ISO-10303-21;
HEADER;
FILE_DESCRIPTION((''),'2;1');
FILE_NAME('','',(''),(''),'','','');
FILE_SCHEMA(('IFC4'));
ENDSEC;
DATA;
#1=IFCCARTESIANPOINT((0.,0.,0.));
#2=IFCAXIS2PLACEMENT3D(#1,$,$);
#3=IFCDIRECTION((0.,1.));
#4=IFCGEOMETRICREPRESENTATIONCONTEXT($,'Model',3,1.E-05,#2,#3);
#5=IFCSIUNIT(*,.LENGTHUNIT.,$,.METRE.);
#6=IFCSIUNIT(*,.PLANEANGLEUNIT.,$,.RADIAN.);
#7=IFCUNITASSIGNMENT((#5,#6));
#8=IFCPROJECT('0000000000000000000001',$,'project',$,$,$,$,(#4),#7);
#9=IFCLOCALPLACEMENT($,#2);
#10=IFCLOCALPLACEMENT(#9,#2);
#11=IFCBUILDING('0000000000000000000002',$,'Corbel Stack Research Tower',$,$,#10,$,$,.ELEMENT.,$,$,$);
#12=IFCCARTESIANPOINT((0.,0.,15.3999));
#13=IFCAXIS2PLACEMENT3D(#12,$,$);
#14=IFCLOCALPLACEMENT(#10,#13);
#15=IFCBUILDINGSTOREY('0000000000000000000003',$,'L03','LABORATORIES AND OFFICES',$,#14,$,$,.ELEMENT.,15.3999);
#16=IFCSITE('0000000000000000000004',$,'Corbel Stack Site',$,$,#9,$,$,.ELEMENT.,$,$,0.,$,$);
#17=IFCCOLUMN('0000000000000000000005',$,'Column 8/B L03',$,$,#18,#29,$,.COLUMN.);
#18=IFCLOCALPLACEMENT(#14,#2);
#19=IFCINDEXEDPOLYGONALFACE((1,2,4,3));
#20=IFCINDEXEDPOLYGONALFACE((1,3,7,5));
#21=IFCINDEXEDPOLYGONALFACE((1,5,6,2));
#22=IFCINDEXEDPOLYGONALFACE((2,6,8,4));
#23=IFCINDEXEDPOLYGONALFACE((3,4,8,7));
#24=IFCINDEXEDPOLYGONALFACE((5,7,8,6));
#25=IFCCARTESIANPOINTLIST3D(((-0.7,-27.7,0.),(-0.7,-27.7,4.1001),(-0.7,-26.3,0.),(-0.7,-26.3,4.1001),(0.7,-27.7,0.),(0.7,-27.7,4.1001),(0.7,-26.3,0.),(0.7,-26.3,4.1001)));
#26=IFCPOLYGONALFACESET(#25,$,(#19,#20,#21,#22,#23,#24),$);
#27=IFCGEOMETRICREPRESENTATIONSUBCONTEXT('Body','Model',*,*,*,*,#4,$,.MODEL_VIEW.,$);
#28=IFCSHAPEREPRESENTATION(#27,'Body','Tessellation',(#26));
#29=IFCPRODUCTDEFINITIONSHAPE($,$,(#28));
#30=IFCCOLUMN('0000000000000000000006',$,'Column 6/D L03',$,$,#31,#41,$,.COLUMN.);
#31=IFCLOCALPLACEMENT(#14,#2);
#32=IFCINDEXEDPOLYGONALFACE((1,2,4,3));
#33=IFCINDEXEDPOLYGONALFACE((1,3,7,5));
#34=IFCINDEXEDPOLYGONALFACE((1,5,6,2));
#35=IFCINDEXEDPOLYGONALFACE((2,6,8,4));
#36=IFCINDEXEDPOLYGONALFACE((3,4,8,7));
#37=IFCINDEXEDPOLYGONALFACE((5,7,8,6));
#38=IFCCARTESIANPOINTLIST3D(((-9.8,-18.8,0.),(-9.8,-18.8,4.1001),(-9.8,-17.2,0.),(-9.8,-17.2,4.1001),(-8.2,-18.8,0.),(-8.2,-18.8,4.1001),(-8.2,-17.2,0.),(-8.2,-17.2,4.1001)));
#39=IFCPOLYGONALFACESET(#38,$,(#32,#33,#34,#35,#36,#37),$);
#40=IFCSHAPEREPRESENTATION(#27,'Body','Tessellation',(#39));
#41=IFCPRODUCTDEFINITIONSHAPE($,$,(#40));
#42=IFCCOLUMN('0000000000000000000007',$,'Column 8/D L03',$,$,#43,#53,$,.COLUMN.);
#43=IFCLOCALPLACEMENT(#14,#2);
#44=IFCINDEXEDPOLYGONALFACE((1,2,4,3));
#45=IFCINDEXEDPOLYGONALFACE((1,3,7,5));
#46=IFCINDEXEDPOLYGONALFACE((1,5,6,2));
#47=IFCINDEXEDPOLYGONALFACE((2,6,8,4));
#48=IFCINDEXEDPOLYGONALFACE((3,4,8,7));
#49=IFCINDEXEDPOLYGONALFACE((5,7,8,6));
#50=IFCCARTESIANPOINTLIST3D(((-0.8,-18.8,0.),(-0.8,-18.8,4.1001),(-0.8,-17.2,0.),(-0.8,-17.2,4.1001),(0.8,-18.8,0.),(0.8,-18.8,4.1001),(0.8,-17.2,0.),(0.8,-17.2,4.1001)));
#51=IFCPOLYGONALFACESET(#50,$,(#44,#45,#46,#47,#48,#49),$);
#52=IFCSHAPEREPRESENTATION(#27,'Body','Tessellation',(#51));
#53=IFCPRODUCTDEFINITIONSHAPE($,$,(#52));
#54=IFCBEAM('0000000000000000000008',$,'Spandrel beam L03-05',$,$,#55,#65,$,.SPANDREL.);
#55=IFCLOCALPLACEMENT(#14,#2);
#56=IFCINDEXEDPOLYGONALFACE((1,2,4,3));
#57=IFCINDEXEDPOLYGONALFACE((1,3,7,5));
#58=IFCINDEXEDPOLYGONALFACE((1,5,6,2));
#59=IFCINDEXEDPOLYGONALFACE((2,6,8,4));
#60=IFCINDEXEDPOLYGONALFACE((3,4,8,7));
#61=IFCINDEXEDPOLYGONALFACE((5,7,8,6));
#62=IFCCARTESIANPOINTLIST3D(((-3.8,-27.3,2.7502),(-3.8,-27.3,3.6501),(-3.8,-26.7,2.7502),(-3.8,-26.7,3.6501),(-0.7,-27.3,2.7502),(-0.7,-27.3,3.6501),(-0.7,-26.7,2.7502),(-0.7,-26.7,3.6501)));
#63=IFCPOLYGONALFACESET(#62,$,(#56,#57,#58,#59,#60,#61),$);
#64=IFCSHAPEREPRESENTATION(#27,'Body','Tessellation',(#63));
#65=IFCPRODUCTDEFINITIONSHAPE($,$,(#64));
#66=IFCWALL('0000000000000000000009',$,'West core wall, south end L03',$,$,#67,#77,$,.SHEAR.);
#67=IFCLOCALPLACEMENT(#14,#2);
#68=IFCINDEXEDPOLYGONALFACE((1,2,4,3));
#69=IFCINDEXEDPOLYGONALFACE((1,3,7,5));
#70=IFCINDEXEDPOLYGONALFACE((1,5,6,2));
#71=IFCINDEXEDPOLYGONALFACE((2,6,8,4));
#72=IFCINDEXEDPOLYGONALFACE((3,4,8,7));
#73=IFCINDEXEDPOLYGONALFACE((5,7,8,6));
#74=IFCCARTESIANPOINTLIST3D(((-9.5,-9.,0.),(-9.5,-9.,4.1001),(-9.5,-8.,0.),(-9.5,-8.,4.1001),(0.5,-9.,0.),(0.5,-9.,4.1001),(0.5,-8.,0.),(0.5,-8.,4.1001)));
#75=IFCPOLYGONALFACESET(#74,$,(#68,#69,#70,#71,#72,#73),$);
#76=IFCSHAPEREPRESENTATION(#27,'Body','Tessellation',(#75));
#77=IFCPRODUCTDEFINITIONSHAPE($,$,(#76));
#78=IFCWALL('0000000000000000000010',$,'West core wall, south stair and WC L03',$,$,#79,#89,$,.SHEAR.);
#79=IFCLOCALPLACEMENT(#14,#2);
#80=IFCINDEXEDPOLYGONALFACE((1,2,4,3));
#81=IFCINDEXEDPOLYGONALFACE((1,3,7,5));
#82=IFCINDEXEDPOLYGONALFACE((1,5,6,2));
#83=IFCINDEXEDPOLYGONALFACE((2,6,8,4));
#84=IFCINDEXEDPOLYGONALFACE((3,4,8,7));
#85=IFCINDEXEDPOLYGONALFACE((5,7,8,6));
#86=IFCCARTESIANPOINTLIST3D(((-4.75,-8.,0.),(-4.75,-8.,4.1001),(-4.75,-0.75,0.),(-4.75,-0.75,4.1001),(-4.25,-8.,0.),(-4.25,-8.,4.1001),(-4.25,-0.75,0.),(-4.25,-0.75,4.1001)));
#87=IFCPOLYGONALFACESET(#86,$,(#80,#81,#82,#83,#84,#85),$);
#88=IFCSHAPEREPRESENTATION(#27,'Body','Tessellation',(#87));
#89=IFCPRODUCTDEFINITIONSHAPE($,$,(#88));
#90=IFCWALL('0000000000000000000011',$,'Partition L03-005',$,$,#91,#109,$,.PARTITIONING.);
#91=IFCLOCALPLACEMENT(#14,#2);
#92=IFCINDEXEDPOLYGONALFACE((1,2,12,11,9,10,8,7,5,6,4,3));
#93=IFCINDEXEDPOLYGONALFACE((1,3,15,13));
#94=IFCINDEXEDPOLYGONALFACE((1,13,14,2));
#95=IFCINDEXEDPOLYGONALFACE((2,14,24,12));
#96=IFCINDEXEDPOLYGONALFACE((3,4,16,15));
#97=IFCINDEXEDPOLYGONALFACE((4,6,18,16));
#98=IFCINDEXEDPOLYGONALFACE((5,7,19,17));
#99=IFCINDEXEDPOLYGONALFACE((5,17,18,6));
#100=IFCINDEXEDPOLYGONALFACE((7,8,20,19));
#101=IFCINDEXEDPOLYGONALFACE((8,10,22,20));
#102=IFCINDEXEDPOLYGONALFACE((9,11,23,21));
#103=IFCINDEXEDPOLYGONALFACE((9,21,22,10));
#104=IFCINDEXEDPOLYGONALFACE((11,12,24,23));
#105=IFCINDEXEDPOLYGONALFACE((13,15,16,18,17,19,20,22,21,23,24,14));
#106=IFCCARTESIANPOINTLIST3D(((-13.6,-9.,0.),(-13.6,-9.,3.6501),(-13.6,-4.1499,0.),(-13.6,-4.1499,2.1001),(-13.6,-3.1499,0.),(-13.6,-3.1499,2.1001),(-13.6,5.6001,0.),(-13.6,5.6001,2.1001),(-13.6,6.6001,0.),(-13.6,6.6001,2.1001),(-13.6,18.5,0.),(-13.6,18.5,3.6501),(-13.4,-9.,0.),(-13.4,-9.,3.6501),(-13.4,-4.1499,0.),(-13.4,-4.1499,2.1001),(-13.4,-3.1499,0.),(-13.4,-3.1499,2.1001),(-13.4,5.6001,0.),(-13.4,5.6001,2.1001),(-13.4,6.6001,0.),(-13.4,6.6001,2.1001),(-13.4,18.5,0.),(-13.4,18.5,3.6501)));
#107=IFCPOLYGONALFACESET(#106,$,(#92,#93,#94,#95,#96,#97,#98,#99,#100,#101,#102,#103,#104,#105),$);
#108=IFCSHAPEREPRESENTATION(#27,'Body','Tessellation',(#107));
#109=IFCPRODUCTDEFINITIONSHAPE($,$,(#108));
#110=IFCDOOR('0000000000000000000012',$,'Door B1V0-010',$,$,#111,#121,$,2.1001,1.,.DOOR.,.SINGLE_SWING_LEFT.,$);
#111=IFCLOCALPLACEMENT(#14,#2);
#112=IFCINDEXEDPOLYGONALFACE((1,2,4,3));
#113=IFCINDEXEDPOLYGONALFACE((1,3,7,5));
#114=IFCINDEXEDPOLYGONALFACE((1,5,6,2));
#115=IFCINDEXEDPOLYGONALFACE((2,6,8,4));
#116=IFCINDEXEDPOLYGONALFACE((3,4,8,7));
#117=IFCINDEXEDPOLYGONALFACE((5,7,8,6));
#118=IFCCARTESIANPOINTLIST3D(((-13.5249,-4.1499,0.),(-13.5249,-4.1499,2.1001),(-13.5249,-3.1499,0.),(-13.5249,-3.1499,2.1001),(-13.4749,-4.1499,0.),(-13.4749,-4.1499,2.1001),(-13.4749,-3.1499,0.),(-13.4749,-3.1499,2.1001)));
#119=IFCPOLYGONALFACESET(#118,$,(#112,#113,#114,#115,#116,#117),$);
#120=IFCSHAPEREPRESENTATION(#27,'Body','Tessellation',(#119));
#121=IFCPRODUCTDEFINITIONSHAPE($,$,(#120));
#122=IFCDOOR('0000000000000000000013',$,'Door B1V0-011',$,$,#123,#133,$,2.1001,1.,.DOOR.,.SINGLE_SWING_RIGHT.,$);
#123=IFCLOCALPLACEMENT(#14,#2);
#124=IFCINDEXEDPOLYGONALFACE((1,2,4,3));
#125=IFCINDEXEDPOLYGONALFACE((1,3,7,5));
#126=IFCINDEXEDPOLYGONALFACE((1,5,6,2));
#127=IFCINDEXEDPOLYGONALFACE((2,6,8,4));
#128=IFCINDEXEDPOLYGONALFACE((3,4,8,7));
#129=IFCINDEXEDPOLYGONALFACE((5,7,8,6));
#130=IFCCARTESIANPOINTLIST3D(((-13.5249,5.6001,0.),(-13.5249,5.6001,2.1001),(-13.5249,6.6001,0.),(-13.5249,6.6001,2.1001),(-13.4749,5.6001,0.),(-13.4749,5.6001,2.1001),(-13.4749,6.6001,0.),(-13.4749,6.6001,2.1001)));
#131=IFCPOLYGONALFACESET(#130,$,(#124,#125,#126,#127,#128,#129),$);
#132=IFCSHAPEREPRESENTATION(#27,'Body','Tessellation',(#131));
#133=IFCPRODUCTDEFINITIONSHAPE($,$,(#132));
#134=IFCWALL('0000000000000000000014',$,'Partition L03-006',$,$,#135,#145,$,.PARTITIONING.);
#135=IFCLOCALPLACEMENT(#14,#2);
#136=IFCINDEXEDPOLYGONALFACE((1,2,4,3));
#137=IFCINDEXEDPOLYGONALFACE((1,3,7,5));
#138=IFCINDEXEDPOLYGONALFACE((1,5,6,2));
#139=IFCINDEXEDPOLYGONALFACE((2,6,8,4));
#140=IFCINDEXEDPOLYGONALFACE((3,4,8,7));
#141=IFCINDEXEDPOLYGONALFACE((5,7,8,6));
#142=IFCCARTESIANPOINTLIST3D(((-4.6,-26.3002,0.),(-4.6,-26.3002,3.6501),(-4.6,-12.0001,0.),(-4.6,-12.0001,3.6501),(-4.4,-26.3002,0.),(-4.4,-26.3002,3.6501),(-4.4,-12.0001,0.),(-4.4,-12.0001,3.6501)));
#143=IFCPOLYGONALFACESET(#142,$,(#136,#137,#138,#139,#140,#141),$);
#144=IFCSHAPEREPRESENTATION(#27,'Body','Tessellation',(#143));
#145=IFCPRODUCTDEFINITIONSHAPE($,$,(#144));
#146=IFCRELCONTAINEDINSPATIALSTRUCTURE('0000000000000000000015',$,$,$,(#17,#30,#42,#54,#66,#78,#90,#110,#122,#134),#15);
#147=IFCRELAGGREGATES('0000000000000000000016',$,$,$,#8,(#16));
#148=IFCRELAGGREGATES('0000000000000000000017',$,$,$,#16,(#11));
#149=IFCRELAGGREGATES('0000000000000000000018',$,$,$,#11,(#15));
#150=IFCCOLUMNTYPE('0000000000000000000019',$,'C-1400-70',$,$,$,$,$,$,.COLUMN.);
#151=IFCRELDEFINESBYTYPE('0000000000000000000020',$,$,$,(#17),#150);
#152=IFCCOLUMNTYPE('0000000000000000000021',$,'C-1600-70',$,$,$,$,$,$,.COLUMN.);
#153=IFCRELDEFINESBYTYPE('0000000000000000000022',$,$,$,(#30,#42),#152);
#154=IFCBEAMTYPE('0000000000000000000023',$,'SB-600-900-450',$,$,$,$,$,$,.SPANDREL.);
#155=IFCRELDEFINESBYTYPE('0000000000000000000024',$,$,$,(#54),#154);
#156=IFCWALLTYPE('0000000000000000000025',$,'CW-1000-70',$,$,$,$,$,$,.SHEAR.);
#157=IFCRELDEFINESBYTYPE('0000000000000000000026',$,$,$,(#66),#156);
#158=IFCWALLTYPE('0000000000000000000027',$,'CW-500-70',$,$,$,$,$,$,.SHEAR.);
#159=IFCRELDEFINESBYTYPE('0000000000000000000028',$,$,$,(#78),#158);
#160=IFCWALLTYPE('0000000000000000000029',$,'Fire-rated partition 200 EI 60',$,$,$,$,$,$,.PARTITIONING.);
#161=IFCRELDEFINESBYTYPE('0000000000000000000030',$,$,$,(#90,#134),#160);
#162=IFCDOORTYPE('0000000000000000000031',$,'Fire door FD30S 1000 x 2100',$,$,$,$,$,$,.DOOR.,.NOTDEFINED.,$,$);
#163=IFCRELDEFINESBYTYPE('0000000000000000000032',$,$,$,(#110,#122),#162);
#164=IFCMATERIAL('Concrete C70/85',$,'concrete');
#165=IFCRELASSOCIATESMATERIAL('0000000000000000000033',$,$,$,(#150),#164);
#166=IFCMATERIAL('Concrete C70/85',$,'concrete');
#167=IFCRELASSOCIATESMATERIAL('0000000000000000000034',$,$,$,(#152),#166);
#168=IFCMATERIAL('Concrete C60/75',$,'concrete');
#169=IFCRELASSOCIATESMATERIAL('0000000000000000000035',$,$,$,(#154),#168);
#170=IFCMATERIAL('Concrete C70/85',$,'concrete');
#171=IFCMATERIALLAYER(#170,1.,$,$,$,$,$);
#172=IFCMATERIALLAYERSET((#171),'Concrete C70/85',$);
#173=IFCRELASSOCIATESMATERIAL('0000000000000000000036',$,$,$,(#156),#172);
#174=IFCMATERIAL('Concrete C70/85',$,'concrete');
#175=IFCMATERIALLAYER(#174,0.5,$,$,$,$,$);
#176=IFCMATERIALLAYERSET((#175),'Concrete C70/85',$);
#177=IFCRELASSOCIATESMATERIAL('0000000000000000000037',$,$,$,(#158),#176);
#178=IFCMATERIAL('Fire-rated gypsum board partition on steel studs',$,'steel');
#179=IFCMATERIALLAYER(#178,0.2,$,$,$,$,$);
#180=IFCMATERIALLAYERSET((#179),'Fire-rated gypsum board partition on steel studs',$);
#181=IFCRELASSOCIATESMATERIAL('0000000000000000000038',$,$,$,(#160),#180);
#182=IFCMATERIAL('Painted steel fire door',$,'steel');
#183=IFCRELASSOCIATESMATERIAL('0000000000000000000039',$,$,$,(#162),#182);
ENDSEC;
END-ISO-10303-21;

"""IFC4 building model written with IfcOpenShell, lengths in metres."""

from ifc_helpers import new_model, si_unit, direction, frame, frame_2d, origin, origin_2d, place, context, subcontext, project, spatial, rectangle, extrude, material, layer, layer_set, material_profile, profile_set, type_object, element, fill, save


model = new_model("IFC4")

# Units and contexts
model_context = context("Model", 3, precision=1e-05, world=origin(), true_north=direction((0.0, 1.0)))
body_context = subcontext(model_context, "Body", "Model", "MODEL_VIEW")
ifc_project = project(units=[si_unit("LENGTHUNIT", "METRE"), si_unit("PLANEANGLEUNIT", "RADIAN")], contexts=[model_context])

# Site, building, storey
site_placement = place(None, origin())
site = spatial("IfcSite", under=ifc_project, at=site_placement, Name="Corbel Stack Site", CompositionType="ELEMENT", RefElevation=0.0)
building_placement = place(site_placement, origin())
building = spatial("IfcBuilding", under=site, at=building_placement, Name="Corbel Stack Research Tower", CompositionType="ELEMENT")
storey_placement = place(building_placement, frame((0.0, 0.0, 15.3999)))
storey = spatial("IfcBuildingStorey", under=building, at=storey_placement, Name="L03", Description="LABORATORIES AND OFFICES", CompositionType="ELEMENT", Elevation=15.3999)

# Columns
ifc_material_1 = material(Name="Concrete C70/85", Category="concrete")
ifc_material_profile_1 = material_profile(ifc_material_1, rectangle(XDim=1.3999, YDim=1.3999, at=origin_2d()), Name="RC 1400 x 1400")
ifc_profile_set_1 = profile_set([ifc_material_profile_1], Name="Concrete C70/85")
column_type_1 = type_object("IfcColumnType", Name="C-1400-70", PredefinedType="COLUMN", material=ifc_profile_set_1)
column_placement = place(storey_placement, frame((0.0, -27.0, 0.0), z_axis=(0.0, 0.0, 1.0), x_axis=(1.0, 0.0, 0.0)))
element("IfcColumn", 1, at=column_placement, inside=storey, type_object=column_type_1, Name="Column 8/B L03", PredefinedType="COLUMN", context=body_context, shape_type="SweptSolid", body=[
    extrude(rectangle(XDim=1.3999, YDim=1.3999, at=origin_2d()), origin(), (0.0, 0.0, 1.0), 4.1001),
])
ifc_material_2 = material(Name="Concrete C70/85", Category="concrete")
ifc_material_profile_2 = material_profile(ifc_material_2, rectangle(XDim=1.6001, YDim=1.6001, at=origin_2d()), Name="RC 1600 x 1600")
ifc_profile_set_2 = profile_set([ifc_material_profile_2], Name="Concrete C70/85")
column_type_2 = type_object("IfcColumnType", Name="C-1600-70", PredefinedType="COLUMN", material=ifc_profile_set_2)
for number, where, z_axis, x_axis, name in (
    (2, (-9.0, -18.0, 0.0), (0.0, 0.0, 1.0), (1.0, 0.0, 0.0), "Column 6/D L03"),
    (3, (0.0, -18.0, 0.0), (0.0, 0.0, 1.0), (1.0, 0.0, 0.0), "Column 8/D L03"),
):
    element("IfcColumn", number, at=place(storey_placement, frame(where, z_axis=z_axis, x_axis=x_axis)), inside=storey, type_object=column_type_2, Name=name, PredefinedType="COLUMN", context=body_context, shape_type="SweptSolid", body=[
        extrude(rectangle(XDim=1.6001, YDim=1.6001, at=origin_2d()), origin(), (0.0, 0.0, 1.0), 4.1001),
    ])

# Beam
ifc_material_3 = material(Name="Concrete C60/75", Category="concrete")
ifc_material_profile_3 = material_profile(ifc_material_3, rectangle(XDim=0.6001, YDim=0.8999, at=origin_2d()), Name="RC 600 x 900")
ifc_profile_set_3 = profile_set([ifc_material_profile_3], Name="Concrete C60/75")
beam_type = type_object("IfcBeamType", Name="SB-600-900-450", PredefinedType="SPANDREL", material=ifc_profile_set_3)
beam_placement = place(storey_placement, frame((-3.8, -27.0, 3.2002), z_axis=(1.0, 0.0, 0.0), x_axis=(0.0, 1.0, 0.0)))
element("IfcBeam", 4, at=beam_placement, inside=storey, type_object=beam_type, Name="Spandrel beam L03-05", PredefinedType="SPANDREL", context=body_context, shape_type="SweptSolid", body=[
    extrude(rectangle(XDim=0.6001, YDim=0.8999, at=origin_2d()), origin(), (0.0, 0.0, 1.0), 3.1001),
])

# Shared definitions
ifc_material_4 = material(Name="Concrete C70/85", Category="concrete")
ifc_layer_1 = layer(ifc_material_4, 1.0)
ifc_layer_set_1 = layer_set([ifc_layer_1], Name="Concrete C70/85")
wall_type_1 = type_object("IfcWallType", Name="CW-1000-70", PredefinedType="SHEAR", material=ifc_layer_set_1)

# Walls
wall_1_placement = place(storey_placement, frame((-9.5, -8.5, 0.0), z_axis=(0.0, 0.0, 1.0), x_axis=(1.0, 0.0, 0.0)))
element("IfcWall", 5, at=wall_1_placement, inside=storey, type_object=wall_type_1, Name="West core wall, south end L03", PredefinedType="SHEAR", context=body_context, shape_type="SweptSolid", body=[
    extrude(rectangle(XDim=10.0, YDim=1.0, at=frame_2d((5.0, 0.0))), origin(), (0.0, 0.0, 1.0), 4.1001),
])
ifc_material_5 = material(Name="Concrete C70/85", Category="concrete")
ifc_layer_2 = layer(ifc_material_5, 0.5)
ifc_layer_set_2 = layer_set([ifc_layer_2], Name="Concrete C70/85")
wall_type_2 = type_object("IfcWallType", Name="CW-500-70", PredefinedType="SHEAR", material=ifc_layer_set_2)
wall_2_placement = place(storey_placement, frame((-4.5, -8.0, 0.0), z_axis=(0.0, 0.0, 1.0), x_axis=(0.0, 1.0, 0.0)))
element("IfcWall", 6, at=wall_2_placement, inside=storey, type_object=wall_type_2, Name="West core wall, south stair and WC L03", PredefinedType="SHEAR", context=body_context, shape_type="SweptSolid", body=[
    extrude(rectangle(XDim=7.25, YDim=0.5, at=frame_2d((3.625, 0.0))), origin(), (0.0, 0.0, 1.0), 4.1001),
])

# Wall, openings, doors
ifc_material_6 = material(Name="Fire-rated gypsum board partition on steel studs", Category="steel")
ifc_layer_3 = layer(ifc_material_6, 0.2)
ifc_layer_set_3 = layer_set([ifc_layer_3], Name="Fire-rated gypsum board partition on steel studs")
wall_type_3 = type_object("IfcWallType", Name="Fire-rated partition 200 EI 60", PredefinedType="PARTITIONING", material=ifc_layer_set_3)
wall_3_placement = place(storey_placement, frame((-13.5, -9.0, 0.0), z_axis=(0.0, 0.0, 1.0), x_axis=(0.0, 1.0, 0.0)))
wall_3 = element("IfcWall", 7, at=wall_3_placement, inside=storey, type_object=wall_type_3, Name="Partition L03-005", PredefinedType="PARTITIONING", context=body_context, shape_type="SweptSolid", body=[
    extrude(rectangle(XDim=27.5, YDim=0.2, at=frame_2d((13.75, 0.0))), origin(), (0.0, 0.0, 1.0), 3.6501),
])
opening_1_placement = place(wall_3_placement, frame((4.8501, 0.0, 0.0)))
opening_1 = element("IfcOpeningElement", 8, at=opening_1_placement, cuts=wall_3, PredefinedType="OPENING", context=body_context, shape_type="SweptSolid", body=[
    extrude(rectangle(XDim=1.0, YDim=2.1001, at=frame_2d((0.5, 1.05))), frame((0.0, 0.1099, 0.0), z_axis=(0.0, -1.0, 0.0), x_axis=(1.0, 0.0, 0.0)), (0.0, 0.0, 1.0), 0.22),
])
opening_2_placement = place(wall_3_placement, frame((14.6001, 0.0, 0.0)))
opening_2 = element("IfcOpeningElement", 9, at=opening_2_placement, cuts=wall_3, PredefinedType="OPENING", context=body_context, shape_type="SweptSolid", body=[
    extrude(rectangle(XDim=1.0, YDim=2.1001, at=frame_2d((0.5, 1.05))), frame((0.0, 0.1099, 0.0), z_axis=(0.0, -1.0, 0.0), x_axis=(1.0, 0.0, 0.0)), (0.0, 0.0, 1.0), 0.22),
])
ifc_material_7 = material(Name="Painted steel fire door", Category="steel")
door_type_1 = type_object("IfcDoorType", Name="Fire door FD30S 1000 x 2100", OperationType="NOTDEFINED", PredefinedType="DOOR", material=ifc_material_7)
door_1_placement = place(opening_1_placement, origin())
door_1 = element("IfcDoor", 10, at=door_1_placement, inside=storey, type_object=door_type_1, Name="Door B1V0-010", OperationType="SINGLE_SWING_LEFT", OverallHeight=2.1001, OverallWidth=1.0, PredefinedType="DOOR", context=body_context, shape_type="SweptSolid", body=[
    extrude(rectangle(XDim=1.0, YDim=2.1001, at=frame_2d((0.5, 1.05))), frame((0.0, 0.0249, 0.0), z_axis=(0.0, -1.0, 0.0), x_axis=(1.0, 0.0, 0.0)), (0.0, 0.0, 1.0), 0.05),
])
fill(opening_1, door_1)
door_2_placement = place(opening_2_placement, origin())
door_2 = element("IfcDoor", 11, at=door_2_placement, inside=storey, type_object=door_type_1, Name="Door B1V0-011", OperationType="SINGLE_SWING_RIGHT", OverallHeight=2.1001, OverallWidth=1.0, PredefinedType="DOOR", context=body_context, shape_type="SweptSolid", body=[
    extrude(rectangle(XDim=1.0, YDim=2.1001, at=frame_2d((0.5, 1.05))), frame((0.0, 0.0249, 0.0), z_axis=(0.0, -1.0, 0.0), x_axis=(1.0, 0.0, 0.0)), (0.0, 0.0, 1.0), 0.05),
])
fill(opening_2, door_2)

# Wall
wall_4_placement = place(storey_placement, frame((-4.5, -26.3, 0.0), z_axis=(0.0, 0.0, 1.0), x_axis=(0.0, 1.0, 0.0)))
element("IfcWall", 12, at=wall_4_placement, inside=storey, type_object=wall_type_3, Name="Partition L03-006", PredefinedType="PARTITIONING", context=body_context, shape_type="SweptSolid", body=[
    extrude(rectangle(XDim=14.3, YDim=0.2, at=frame_2d((7.1499, 0.0))), origin(), (0.0, 0.0, 1.0), 3.6501),
])

save(model, "model.ifc")
